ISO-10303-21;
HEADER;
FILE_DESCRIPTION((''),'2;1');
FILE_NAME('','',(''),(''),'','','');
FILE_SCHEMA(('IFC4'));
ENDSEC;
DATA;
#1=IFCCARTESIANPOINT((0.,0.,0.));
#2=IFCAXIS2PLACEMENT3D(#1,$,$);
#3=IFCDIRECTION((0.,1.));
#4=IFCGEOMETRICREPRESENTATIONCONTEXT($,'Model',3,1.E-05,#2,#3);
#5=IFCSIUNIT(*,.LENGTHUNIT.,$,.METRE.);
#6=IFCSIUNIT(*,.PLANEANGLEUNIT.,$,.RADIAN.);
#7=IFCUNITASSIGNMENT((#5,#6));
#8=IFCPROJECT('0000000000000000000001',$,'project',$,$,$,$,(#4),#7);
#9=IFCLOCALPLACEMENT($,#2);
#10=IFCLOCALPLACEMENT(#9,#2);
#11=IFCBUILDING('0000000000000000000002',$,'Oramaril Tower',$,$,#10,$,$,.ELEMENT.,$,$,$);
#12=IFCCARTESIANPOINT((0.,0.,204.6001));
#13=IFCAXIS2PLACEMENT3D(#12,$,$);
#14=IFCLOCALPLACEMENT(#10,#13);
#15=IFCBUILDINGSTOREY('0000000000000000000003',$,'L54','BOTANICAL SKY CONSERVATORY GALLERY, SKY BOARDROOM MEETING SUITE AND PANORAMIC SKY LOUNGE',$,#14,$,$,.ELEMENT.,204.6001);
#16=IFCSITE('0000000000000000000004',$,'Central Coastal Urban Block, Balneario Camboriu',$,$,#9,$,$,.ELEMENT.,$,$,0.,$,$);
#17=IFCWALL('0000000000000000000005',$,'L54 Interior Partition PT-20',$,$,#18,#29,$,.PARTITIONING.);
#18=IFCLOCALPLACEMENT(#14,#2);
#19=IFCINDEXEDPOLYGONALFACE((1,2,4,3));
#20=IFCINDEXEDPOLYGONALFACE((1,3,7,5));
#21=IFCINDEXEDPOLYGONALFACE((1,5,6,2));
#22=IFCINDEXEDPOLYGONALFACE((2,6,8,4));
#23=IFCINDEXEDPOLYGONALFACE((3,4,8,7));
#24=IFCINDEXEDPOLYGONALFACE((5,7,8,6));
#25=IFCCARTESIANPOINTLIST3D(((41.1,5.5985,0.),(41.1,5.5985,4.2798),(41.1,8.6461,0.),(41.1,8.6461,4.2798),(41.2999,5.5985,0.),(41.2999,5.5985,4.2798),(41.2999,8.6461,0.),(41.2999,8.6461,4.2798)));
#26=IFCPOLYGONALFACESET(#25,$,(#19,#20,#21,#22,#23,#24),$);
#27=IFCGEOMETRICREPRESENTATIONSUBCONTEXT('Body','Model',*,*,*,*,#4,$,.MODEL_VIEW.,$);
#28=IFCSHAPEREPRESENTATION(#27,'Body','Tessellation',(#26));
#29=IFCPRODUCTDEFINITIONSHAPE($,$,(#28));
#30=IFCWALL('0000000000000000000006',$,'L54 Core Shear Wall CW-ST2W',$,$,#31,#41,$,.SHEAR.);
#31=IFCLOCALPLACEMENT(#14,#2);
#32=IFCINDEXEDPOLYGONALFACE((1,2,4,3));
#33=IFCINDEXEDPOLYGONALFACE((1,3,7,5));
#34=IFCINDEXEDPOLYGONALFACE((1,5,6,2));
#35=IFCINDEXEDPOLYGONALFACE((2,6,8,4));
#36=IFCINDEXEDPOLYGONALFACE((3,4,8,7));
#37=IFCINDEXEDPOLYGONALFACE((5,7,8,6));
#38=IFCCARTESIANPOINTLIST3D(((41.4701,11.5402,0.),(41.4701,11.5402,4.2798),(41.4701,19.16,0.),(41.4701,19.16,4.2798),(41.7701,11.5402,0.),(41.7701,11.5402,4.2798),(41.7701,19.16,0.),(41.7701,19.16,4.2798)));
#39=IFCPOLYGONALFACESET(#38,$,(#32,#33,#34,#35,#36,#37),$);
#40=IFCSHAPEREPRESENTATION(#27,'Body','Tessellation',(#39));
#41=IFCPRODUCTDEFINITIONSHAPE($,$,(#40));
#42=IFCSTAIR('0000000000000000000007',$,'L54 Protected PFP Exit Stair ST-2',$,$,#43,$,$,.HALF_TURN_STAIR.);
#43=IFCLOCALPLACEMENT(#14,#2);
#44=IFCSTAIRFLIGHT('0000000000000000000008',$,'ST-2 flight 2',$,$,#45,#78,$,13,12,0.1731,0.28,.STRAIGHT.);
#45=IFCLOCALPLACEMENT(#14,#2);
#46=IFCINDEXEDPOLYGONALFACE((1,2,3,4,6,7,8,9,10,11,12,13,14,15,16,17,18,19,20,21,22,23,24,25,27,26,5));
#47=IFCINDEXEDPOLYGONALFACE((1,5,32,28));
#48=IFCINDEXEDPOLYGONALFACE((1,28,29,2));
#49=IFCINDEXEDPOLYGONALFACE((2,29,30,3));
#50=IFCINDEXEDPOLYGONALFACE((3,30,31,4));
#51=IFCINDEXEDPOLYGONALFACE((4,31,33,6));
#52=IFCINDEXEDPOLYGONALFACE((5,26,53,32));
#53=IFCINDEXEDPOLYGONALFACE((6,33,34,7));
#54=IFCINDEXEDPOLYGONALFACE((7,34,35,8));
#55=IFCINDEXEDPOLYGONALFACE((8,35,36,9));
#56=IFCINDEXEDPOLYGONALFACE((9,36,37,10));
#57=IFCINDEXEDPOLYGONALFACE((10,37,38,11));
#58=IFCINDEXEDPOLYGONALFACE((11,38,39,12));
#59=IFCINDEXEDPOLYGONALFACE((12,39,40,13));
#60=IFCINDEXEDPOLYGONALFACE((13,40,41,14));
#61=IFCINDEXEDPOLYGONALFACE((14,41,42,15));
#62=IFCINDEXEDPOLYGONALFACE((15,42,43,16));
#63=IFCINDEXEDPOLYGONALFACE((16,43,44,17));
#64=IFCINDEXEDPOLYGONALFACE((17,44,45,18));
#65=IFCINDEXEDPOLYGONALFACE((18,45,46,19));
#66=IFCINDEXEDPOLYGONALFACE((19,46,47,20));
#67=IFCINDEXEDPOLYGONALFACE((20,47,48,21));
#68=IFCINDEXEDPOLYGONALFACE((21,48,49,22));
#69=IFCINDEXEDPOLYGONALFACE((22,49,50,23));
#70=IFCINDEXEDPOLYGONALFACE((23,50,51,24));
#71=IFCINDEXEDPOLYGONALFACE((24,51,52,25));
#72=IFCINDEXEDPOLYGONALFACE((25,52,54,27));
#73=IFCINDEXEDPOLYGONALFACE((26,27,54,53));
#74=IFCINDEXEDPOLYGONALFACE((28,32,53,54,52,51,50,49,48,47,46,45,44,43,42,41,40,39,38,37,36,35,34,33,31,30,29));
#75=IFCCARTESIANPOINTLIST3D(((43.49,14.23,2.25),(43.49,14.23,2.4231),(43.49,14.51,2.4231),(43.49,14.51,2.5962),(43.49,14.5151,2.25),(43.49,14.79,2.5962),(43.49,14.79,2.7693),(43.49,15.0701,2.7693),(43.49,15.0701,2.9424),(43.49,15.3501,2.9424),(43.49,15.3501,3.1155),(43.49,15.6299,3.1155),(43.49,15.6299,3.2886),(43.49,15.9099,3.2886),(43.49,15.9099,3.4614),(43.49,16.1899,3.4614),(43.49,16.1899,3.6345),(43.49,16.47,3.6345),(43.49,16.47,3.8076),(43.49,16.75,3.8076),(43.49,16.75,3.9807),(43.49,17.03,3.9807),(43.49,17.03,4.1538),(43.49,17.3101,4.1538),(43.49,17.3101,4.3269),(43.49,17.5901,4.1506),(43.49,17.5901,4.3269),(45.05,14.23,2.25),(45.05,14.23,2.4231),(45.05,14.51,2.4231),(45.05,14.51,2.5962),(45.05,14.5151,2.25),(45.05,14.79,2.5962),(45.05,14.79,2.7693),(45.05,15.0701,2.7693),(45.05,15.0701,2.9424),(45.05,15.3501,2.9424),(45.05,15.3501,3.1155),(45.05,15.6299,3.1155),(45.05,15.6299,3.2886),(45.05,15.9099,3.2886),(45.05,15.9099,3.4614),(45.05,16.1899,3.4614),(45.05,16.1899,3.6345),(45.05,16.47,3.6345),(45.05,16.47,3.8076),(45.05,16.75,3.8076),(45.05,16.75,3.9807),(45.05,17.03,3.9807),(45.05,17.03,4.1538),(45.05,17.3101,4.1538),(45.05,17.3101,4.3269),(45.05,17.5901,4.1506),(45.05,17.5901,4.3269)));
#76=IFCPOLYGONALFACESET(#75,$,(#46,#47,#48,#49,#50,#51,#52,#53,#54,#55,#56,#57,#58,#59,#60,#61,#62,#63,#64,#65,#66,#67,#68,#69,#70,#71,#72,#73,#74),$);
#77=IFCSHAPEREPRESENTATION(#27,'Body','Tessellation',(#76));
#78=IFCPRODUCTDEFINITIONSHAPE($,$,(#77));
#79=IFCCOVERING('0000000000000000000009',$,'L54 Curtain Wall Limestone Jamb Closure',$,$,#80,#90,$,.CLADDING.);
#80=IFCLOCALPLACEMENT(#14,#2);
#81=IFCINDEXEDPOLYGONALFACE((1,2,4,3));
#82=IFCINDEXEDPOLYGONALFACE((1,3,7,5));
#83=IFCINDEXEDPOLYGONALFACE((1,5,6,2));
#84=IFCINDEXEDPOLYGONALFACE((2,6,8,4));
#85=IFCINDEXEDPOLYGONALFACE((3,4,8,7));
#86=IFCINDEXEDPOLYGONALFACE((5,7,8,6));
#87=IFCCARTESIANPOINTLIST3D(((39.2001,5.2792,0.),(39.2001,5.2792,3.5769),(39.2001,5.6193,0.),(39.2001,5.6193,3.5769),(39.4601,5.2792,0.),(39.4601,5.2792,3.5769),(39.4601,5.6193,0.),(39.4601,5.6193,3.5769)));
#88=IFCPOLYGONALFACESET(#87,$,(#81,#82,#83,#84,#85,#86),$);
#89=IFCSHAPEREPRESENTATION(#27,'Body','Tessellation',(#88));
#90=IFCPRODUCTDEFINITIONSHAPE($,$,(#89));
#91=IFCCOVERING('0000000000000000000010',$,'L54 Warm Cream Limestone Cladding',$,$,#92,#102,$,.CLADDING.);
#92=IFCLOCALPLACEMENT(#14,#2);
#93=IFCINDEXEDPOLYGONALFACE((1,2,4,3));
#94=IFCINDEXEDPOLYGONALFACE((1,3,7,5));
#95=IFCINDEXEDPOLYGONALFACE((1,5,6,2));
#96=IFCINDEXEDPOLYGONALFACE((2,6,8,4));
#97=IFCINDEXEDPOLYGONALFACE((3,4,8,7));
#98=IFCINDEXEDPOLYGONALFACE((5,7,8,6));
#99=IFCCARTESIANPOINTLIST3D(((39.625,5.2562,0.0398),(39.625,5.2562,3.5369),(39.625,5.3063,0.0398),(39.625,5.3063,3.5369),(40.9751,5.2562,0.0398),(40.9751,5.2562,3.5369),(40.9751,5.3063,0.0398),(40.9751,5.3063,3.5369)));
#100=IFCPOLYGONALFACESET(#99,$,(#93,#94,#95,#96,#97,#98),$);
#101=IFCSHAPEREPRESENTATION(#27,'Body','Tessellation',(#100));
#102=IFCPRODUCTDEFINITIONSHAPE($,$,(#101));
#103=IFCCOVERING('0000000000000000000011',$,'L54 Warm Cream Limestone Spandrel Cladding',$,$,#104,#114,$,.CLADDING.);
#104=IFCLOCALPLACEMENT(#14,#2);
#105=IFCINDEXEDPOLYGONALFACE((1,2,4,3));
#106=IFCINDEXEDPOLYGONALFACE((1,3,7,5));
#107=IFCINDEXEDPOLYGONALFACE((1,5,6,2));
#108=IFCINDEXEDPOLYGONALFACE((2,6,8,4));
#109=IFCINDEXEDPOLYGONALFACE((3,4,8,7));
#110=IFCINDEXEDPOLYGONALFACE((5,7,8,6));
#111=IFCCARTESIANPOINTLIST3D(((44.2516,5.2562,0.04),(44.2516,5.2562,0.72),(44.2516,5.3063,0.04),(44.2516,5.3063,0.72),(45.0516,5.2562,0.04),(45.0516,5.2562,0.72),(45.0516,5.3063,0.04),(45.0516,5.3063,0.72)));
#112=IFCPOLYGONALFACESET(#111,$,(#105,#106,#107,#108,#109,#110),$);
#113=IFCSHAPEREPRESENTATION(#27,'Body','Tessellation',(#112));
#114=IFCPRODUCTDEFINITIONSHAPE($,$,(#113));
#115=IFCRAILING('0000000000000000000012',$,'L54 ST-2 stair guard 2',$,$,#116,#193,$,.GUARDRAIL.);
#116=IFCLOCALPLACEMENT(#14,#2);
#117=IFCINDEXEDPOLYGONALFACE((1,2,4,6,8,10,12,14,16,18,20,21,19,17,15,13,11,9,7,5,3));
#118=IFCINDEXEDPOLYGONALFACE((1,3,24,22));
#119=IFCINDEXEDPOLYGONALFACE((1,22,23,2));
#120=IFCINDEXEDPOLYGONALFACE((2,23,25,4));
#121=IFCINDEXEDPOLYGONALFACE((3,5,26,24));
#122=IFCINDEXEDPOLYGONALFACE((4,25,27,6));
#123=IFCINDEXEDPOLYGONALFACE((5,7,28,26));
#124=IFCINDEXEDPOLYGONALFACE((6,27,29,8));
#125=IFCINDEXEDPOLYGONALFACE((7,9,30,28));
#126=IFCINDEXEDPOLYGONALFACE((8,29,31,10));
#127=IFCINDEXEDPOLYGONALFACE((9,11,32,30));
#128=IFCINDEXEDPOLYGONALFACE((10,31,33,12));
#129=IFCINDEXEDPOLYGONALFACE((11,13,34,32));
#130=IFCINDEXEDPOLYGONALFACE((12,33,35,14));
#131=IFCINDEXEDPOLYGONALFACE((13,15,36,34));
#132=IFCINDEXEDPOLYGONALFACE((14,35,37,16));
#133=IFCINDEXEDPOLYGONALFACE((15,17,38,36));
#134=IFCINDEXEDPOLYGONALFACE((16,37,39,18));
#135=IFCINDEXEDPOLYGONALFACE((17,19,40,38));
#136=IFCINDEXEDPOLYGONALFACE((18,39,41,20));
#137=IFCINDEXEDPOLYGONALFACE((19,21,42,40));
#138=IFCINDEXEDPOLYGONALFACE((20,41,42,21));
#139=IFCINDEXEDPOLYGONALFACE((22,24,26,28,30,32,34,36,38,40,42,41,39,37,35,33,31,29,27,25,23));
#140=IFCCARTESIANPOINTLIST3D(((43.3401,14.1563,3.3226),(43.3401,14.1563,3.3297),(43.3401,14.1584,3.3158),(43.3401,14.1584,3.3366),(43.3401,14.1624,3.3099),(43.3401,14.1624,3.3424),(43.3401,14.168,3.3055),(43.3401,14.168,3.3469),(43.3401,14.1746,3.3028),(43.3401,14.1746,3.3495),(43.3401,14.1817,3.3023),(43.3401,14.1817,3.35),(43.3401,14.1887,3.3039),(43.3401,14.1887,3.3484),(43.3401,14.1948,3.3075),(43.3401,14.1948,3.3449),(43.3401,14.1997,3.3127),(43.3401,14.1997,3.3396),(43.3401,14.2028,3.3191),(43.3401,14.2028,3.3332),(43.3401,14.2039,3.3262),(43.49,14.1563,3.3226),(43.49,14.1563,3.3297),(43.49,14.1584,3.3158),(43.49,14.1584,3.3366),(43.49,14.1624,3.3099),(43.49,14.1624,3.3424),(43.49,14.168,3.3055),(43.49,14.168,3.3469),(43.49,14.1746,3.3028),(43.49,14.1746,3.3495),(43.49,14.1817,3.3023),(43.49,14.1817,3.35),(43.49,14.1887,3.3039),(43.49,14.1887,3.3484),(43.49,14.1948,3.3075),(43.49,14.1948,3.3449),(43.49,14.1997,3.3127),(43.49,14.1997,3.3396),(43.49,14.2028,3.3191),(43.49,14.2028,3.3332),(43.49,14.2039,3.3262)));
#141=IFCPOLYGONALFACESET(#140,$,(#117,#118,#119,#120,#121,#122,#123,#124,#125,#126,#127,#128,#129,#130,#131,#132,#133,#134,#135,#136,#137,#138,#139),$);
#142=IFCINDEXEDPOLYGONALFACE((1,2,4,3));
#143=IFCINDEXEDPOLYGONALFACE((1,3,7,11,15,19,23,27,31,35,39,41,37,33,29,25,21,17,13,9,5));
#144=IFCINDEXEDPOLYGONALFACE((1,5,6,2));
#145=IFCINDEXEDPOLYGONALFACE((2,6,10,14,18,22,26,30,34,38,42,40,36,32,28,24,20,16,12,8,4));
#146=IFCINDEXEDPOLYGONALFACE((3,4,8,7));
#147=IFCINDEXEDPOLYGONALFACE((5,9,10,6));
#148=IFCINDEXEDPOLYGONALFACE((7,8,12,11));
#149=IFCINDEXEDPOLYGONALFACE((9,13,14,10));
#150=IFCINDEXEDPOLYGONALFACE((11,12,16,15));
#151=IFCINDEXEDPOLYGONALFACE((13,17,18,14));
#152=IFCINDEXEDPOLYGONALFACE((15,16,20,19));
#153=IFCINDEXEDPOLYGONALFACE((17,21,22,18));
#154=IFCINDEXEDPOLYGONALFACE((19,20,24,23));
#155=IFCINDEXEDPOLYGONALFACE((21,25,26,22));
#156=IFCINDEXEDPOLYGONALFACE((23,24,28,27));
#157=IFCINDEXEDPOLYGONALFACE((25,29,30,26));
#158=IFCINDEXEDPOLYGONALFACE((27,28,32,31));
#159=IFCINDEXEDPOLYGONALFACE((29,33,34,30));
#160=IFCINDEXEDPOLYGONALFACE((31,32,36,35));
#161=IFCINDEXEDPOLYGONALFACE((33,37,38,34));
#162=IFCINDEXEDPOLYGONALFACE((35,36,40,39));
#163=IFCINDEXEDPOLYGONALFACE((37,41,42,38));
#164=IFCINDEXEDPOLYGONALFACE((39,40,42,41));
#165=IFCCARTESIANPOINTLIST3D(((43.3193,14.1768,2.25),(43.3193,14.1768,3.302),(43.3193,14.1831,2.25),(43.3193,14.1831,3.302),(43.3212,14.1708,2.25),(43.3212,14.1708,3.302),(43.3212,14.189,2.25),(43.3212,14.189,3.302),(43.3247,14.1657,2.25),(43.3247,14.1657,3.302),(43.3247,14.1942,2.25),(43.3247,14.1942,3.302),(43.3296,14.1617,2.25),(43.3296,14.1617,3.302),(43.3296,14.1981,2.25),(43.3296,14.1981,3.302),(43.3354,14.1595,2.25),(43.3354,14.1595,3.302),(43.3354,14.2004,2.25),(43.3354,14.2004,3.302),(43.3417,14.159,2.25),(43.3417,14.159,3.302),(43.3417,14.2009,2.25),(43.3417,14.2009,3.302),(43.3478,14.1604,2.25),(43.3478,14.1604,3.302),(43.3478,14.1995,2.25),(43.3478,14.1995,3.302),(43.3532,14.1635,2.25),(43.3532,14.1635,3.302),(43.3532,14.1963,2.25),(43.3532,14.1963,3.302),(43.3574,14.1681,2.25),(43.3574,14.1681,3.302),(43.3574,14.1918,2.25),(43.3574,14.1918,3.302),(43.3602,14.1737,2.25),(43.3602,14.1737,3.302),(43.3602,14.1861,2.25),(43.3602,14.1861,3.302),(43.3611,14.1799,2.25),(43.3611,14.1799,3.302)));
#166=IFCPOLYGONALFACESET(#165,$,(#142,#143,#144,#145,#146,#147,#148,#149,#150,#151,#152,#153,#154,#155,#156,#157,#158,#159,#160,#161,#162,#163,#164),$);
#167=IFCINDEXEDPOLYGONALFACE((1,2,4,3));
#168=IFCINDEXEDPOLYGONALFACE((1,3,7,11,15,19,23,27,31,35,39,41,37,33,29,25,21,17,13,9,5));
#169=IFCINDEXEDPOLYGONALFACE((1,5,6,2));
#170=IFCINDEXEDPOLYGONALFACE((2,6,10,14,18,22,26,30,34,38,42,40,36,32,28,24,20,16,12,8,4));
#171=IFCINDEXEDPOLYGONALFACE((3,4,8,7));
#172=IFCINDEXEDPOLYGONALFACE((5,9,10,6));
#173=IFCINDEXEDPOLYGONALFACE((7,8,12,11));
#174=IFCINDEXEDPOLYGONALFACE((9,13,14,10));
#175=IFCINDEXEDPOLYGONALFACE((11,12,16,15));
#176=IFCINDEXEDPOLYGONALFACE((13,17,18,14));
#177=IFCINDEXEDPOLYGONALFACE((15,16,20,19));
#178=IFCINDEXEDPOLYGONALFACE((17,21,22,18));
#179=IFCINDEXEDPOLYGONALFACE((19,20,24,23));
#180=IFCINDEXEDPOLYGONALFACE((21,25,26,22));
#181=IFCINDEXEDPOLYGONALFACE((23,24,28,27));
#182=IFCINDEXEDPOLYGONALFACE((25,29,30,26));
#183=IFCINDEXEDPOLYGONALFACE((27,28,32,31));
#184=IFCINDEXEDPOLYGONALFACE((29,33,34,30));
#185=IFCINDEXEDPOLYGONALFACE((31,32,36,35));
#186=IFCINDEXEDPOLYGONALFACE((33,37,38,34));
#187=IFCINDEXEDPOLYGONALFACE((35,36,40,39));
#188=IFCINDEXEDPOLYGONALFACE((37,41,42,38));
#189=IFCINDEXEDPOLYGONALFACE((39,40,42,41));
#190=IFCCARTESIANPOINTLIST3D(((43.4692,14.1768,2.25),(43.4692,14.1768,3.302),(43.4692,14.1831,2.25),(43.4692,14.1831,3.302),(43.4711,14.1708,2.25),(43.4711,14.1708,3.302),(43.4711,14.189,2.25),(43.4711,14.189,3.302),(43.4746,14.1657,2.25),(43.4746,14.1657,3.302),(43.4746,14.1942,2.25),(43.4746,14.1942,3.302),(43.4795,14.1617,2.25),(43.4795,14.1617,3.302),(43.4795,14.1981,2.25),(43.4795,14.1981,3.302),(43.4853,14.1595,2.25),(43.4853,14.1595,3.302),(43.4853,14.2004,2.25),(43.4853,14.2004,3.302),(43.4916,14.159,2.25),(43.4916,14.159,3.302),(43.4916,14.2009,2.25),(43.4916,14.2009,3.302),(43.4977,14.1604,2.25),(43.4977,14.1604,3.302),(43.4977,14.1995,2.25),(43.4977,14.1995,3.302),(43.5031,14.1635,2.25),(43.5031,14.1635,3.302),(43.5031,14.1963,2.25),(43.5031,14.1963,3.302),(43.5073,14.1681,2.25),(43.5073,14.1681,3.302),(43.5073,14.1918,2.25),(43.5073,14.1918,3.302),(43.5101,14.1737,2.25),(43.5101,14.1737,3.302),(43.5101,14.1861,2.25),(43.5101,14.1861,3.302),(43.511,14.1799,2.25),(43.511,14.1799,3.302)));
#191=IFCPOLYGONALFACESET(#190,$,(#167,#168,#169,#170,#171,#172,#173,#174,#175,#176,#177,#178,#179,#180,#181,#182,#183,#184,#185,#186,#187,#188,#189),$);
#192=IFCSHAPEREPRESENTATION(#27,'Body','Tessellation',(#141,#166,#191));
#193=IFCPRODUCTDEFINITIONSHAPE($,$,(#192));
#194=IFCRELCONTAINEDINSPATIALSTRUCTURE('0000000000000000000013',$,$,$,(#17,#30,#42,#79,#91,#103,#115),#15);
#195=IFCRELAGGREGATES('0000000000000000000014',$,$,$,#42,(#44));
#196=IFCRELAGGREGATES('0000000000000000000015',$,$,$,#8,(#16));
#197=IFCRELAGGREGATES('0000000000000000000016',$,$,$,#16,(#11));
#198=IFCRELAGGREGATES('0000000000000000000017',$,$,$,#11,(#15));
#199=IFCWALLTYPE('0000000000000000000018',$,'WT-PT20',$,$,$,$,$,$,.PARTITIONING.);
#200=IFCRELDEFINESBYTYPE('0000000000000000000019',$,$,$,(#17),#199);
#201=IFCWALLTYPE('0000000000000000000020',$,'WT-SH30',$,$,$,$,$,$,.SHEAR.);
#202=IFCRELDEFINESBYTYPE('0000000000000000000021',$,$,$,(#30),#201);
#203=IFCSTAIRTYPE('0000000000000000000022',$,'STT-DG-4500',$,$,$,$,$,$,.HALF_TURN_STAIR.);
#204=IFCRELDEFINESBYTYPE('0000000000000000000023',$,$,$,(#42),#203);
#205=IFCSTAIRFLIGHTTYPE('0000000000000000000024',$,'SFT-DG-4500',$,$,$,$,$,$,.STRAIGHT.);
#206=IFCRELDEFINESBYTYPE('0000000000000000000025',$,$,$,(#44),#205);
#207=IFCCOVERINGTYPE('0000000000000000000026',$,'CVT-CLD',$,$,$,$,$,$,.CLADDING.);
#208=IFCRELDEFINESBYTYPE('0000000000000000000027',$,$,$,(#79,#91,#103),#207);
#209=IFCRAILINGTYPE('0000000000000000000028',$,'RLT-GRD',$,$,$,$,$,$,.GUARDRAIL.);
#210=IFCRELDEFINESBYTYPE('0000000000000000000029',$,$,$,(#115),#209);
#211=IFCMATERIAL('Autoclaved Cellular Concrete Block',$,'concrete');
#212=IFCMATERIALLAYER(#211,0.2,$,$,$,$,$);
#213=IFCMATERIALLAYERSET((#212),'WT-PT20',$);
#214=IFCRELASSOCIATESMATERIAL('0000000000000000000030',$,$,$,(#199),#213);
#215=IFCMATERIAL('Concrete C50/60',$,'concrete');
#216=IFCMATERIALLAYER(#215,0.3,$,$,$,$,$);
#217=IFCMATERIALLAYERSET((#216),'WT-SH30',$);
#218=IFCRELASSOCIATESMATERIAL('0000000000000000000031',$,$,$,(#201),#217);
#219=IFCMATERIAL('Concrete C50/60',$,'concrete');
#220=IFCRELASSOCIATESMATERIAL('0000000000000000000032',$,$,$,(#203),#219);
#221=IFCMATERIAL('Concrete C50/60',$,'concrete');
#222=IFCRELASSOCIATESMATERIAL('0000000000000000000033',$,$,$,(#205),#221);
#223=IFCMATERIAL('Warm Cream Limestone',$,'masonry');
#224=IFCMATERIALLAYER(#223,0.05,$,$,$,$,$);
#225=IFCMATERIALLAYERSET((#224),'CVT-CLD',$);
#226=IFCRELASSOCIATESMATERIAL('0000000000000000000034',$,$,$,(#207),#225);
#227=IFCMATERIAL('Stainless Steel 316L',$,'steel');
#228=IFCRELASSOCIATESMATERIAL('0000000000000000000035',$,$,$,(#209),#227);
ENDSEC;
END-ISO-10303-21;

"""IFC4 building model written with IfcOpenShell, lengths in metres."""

from ifc_helpers import new_model, si_unit, direction, frame, frame_2d, origin, origin_2d, place, context, subcontext, project, spatial, polyline, rectangle, circle, outline, extrude, material, layer, layer_set, type_object, element, aggregate, save


model = new_model("IFC4")

# Units and contexts
model_context = context("Model", 3, precision=1e-05, world=origin(), true_north=direction((0.0, 1.0)))
body_context = subcontext(model_context, "Body", "Model", "MODEL_VIEW")
ifc_project = project(units=[si_unit("LENGTHUNIT", "METRE"), si_unit("PLANEANGLEUNIT", "RADIAN")], contexts=[model_context])

# Site, building, storey
site_placement = place(None, origin())
site = spatial("IfcSite", under=ifc_project, at=site_placement, Name="Central Coastal Urban Block, Balneario Camboriu", CompositionType="ELEMENT", RefElevation=0.0)
building_placement = place(site_placement, origin())
building = spatial("IfcBuilding", under=site, at=building_placement, Name="Oramaril Tower", CompositionType="ELEMENT")
storey_placement = place(building_placement, frame((0.0, 0.0, 204.6001)))
storey = spatial("IfcBuildingStorey", under=building, at=storey_placement, Name="L54", Description="BOTANICAL SKY CONSERVATORY GALLERY, SKY BOARDROOM MEETING SUITE AND PANORAMIC SKY LOUNGE", CompositionType="ELEMENT", Elevation=204.6001)

# Walls
ifc_material_1 = material(Name="Autoclaved Cellular Concrete Block", Category="concrete")
ifc_layer_1 = layer(ifc_material_1, 0.2)
ifc_layer_set_1 = layer_set([ifc_layer_1], Name="WT-PT20")
wall_type_1 = type_object("IfcWallType", Name="WT-PT20", PredefinedType="PARTITIONING", material=ifc_layer_set_1)
wall_1_placement = place(storey_placement, frame((41.2, 5.5984, 0.0), z_axis=(0.0, 0.0, 1.0), x_axis=(0.0, 1.0, 0.0)))
element("IfcWall", 1, at=wall_1_placement, inside=storey, type_object=wall_type_1, Name="L54 Interior Partition PT-20", PredefinedType="PARTITIONING", context=body_context, shape_type="SweptSolid", body=[
    extrude(rectangle(XDim=3.0476, YDim=0.2, at=frame_2d((1.5239, 0.0))), origin(), (0.0, 0.0, 1.0), 4.2798),
])
ifc_material_2 = material(Name="Concrete C50/60", Category="concrete")
ifc_layer_2 = layer(ifc_material_2, 0.3)
ifc_layer_set_2 = layer_set([ifc_layer_2], Name="WT-SH30")
wall_type_2 = type_object("IfcWallType", Name="WT-SH30", PredefinedType="SHEAR", material=ifc_layer_set_2)
wall_2_placement = place(storey_placement, frame((41.6201, 11.54, 0.0), z_axis=(0.0, 0.0, 1.0), x_axis=(0.0, 1.0, 0.0)))
element("IfcWall", 2, at=wall_2_placement, inside=storey, type_object=wall_type_2, Name="L54 Core Shear Wall CW-ST2W", PredefinedType="SHEAR", context=body_context, shape_type="SweptSolid", body=[
    extrude(rectangle(XDim=7.6199, YDim=0.3, at=frame_2d((3.8101, 0.0))), origin(), (0.0, 0.0, 1.0), 4.2798),
])

# Stair, stair flight
ifc_material_3 = material(Name="Concrete C50/60", Category="concrete")
stair_type = type_object("IfcStairType", Name="STT-DG-4500", PredefinedType="HALF_TURN_STAIR", material=ifc_material_3)
stair_placement = place(storey_placement, origin())
stair = element("IfcStair", 3, at=stair_placement, inside=storey, type_object=stair_type, Name="L54 Protected PFP Exit Stair ST-2", PredefinedType="HALF_TURN_STAIR")
ifc_material_4 = material(Name="Concrete C50/60", Category="concrete")
stair_flight_type = type_object("IfcStairFlightType", Name="SFT-DG-4500", PredefinedType="STRAIGHT", material=ifc_material_4)
stair_flight_placement = place(storey_placement, frame((44.27, 14.23, 2.25), z_axis=(0.0, 0.0, 1.0), x_axis=(0.0, 1.0, 0.0)))
stair_flight = element("IfcStairFlight", 4, at=stair_flight_placement, type_object=stair_flight_type, Name="ST-2 flight 2", NumberOfRisers=13, NumberOfTreads=12, PredefinedType="STRAIGHT", RiserHeight=0.1731, TreadLength=0.28, context=body_context, shape_type="SweptSolid", body=[
    extrude(outline(polyline([(0.0, 0.0), (0.0, 0.1731), (0.28, 0.1731), (0.28, 0.3462), (0.5601, 0.3462), (0.5601, 0.5193), (0.8401, 0.5193), (0.8401, 0.6924), (1.1201, 0.6924), (1.1201, 0.8655), (1.3999, 0.8655), (1.3999, 1.0386), (1.6799, 1.0386), (1.6799, 1.2114), (1.96, 1.2114), (1.96, 1.3845), (2.24, 1.3845), (2.24, 1.5576), (2.52, 1.5576), (2.52, 1.7307), (2.8, 1.7307), (2.8, 1.9038), (3.0801, 1.9038), (3.0801, 2.0769), (3.3601, 2.0769), (3.3601, 2.25), (3.3601, 1.9006), (0.2852, 0.0), (0.0, 0.0)])), frame((0.0, 0.78, 0.0), z_axis=(0.0, -1.0, 0.0), x_axis=(1.0, 0.0, 0.0)), (0.0, 0.0, 1.0), 1.5601),
])
aggregate(stair, [stair_flight])

# Coverings
ifc_material_5 = material(Name="Warm Cream Limestone", Category="masonry")
ifc_layer_3 = layer(ifc_material_5, 0.05)
ifc_layer_set_3 = layer_set([ifc_layer_3], Name="CVT-CLD")
covering_type = type_object("IfcCoveringType", Name="CVT-CLD", PredefinedType="CLADDING", material=ifc_layer_set_3)
covering_1_placement = place(storey_placement, frame((39.3301, 5.4492, 0.0), z_axis=(0.0, 0.0, 1.0), x_axis=(1.0, 0.0, 0.0)))
element("IfcCovering", 5, at=covering_1_placement, inside=storey, type_object=covering_type, Name="L54 Curtain Wall Limestone Jamb Closure", PredefinedType="CLADDING", context=body_context, shape_type="SweptSolid", body=[
    extrude(rectangle(XDim=0.26, YDim=0.3401, at=origin_2d()), origin(), (0.0, 0.0, 1.0), 3.5769),
])
covering_2_placement = place(storey_placement, frame((40.3, 5.2812, 0.0398), z_axis=(0.0, 0.0, 1.0), x_axis=(1.0, 0.0, 0.0)))
element("IfcCovering", 6, at=covering_2_placement, inside=storey, type_object=covering_type, Name="L54 Warm Cream Limestone Cladding", PredefinedType="CLADDING", context=body_context, shape_type="SweptSolid", body=[
    extrude(rectangle(XDim=1.3501, YDim=0.05, at=origin_2d()), origin(), (0.0, 0.0, 1.0), 3.4971),
])
covering_3_placement = place(storey_placement, frame((44.6516, 5.2812, 0.04), z_axis=(0.0, 0.0, 1.0), x_axis=(1.0, 0.0, 0.0)))
element("IfcCovering", 7, at=covering_3_placement, inside=storey, type_object=covering_type, Name="L54 Warm Cream Limestone Spandrel Cladding", PredefinedType="CLADDING", context=body_context, shape_type="SweptSolid", body=[
    extrude(rectangle(XDim=0.8, YDim=0.05, at=origin_2d()), origin(), (0.0, 0.0, 1.0), 0.6799),
])

# Railing
ifc_material_6 = material(Name="Stainless Steel 316L", Category="steel")
railing_type_1 = type_object("IfcRailingType", Name="RLT-GRD", PredefinedType="GUARDRAIL", material=ifc_material_6)
railing_1_placement = place(storey_placement, frame((43.3401, 14.1799, 2.25)))
element("IfcRailing", 8, at=railing_1_placement, inside=storey, type_object=railing_type_1, Name="L54 ST-2 stair guard 2", PredefinedType="GUARDRAIL", context=body_context, shape_type="SweptSolid", body=[
    extrude(circle(Radius=0.0239, at=origin_2d()), frame((0.0, 0.0, 1.0762), z_axis=(1.0, 0.0, 0.0), x_axis=(0.0, 1.0, 0.0)), (0.0, 0.0, 1.0), 0.1499),
    extrude(circle(Radius=0.021, at=origin_2d()), origin(), (0.0, 0.0, 1.0), 1.052),
    extrude(circle(Radius=0.021, at=origin_2d()), frame((0.1499, 0.0, 0.0)), (0.0, 0.0, 1.0), 1.052),
])

save(model, "model.ifc")
